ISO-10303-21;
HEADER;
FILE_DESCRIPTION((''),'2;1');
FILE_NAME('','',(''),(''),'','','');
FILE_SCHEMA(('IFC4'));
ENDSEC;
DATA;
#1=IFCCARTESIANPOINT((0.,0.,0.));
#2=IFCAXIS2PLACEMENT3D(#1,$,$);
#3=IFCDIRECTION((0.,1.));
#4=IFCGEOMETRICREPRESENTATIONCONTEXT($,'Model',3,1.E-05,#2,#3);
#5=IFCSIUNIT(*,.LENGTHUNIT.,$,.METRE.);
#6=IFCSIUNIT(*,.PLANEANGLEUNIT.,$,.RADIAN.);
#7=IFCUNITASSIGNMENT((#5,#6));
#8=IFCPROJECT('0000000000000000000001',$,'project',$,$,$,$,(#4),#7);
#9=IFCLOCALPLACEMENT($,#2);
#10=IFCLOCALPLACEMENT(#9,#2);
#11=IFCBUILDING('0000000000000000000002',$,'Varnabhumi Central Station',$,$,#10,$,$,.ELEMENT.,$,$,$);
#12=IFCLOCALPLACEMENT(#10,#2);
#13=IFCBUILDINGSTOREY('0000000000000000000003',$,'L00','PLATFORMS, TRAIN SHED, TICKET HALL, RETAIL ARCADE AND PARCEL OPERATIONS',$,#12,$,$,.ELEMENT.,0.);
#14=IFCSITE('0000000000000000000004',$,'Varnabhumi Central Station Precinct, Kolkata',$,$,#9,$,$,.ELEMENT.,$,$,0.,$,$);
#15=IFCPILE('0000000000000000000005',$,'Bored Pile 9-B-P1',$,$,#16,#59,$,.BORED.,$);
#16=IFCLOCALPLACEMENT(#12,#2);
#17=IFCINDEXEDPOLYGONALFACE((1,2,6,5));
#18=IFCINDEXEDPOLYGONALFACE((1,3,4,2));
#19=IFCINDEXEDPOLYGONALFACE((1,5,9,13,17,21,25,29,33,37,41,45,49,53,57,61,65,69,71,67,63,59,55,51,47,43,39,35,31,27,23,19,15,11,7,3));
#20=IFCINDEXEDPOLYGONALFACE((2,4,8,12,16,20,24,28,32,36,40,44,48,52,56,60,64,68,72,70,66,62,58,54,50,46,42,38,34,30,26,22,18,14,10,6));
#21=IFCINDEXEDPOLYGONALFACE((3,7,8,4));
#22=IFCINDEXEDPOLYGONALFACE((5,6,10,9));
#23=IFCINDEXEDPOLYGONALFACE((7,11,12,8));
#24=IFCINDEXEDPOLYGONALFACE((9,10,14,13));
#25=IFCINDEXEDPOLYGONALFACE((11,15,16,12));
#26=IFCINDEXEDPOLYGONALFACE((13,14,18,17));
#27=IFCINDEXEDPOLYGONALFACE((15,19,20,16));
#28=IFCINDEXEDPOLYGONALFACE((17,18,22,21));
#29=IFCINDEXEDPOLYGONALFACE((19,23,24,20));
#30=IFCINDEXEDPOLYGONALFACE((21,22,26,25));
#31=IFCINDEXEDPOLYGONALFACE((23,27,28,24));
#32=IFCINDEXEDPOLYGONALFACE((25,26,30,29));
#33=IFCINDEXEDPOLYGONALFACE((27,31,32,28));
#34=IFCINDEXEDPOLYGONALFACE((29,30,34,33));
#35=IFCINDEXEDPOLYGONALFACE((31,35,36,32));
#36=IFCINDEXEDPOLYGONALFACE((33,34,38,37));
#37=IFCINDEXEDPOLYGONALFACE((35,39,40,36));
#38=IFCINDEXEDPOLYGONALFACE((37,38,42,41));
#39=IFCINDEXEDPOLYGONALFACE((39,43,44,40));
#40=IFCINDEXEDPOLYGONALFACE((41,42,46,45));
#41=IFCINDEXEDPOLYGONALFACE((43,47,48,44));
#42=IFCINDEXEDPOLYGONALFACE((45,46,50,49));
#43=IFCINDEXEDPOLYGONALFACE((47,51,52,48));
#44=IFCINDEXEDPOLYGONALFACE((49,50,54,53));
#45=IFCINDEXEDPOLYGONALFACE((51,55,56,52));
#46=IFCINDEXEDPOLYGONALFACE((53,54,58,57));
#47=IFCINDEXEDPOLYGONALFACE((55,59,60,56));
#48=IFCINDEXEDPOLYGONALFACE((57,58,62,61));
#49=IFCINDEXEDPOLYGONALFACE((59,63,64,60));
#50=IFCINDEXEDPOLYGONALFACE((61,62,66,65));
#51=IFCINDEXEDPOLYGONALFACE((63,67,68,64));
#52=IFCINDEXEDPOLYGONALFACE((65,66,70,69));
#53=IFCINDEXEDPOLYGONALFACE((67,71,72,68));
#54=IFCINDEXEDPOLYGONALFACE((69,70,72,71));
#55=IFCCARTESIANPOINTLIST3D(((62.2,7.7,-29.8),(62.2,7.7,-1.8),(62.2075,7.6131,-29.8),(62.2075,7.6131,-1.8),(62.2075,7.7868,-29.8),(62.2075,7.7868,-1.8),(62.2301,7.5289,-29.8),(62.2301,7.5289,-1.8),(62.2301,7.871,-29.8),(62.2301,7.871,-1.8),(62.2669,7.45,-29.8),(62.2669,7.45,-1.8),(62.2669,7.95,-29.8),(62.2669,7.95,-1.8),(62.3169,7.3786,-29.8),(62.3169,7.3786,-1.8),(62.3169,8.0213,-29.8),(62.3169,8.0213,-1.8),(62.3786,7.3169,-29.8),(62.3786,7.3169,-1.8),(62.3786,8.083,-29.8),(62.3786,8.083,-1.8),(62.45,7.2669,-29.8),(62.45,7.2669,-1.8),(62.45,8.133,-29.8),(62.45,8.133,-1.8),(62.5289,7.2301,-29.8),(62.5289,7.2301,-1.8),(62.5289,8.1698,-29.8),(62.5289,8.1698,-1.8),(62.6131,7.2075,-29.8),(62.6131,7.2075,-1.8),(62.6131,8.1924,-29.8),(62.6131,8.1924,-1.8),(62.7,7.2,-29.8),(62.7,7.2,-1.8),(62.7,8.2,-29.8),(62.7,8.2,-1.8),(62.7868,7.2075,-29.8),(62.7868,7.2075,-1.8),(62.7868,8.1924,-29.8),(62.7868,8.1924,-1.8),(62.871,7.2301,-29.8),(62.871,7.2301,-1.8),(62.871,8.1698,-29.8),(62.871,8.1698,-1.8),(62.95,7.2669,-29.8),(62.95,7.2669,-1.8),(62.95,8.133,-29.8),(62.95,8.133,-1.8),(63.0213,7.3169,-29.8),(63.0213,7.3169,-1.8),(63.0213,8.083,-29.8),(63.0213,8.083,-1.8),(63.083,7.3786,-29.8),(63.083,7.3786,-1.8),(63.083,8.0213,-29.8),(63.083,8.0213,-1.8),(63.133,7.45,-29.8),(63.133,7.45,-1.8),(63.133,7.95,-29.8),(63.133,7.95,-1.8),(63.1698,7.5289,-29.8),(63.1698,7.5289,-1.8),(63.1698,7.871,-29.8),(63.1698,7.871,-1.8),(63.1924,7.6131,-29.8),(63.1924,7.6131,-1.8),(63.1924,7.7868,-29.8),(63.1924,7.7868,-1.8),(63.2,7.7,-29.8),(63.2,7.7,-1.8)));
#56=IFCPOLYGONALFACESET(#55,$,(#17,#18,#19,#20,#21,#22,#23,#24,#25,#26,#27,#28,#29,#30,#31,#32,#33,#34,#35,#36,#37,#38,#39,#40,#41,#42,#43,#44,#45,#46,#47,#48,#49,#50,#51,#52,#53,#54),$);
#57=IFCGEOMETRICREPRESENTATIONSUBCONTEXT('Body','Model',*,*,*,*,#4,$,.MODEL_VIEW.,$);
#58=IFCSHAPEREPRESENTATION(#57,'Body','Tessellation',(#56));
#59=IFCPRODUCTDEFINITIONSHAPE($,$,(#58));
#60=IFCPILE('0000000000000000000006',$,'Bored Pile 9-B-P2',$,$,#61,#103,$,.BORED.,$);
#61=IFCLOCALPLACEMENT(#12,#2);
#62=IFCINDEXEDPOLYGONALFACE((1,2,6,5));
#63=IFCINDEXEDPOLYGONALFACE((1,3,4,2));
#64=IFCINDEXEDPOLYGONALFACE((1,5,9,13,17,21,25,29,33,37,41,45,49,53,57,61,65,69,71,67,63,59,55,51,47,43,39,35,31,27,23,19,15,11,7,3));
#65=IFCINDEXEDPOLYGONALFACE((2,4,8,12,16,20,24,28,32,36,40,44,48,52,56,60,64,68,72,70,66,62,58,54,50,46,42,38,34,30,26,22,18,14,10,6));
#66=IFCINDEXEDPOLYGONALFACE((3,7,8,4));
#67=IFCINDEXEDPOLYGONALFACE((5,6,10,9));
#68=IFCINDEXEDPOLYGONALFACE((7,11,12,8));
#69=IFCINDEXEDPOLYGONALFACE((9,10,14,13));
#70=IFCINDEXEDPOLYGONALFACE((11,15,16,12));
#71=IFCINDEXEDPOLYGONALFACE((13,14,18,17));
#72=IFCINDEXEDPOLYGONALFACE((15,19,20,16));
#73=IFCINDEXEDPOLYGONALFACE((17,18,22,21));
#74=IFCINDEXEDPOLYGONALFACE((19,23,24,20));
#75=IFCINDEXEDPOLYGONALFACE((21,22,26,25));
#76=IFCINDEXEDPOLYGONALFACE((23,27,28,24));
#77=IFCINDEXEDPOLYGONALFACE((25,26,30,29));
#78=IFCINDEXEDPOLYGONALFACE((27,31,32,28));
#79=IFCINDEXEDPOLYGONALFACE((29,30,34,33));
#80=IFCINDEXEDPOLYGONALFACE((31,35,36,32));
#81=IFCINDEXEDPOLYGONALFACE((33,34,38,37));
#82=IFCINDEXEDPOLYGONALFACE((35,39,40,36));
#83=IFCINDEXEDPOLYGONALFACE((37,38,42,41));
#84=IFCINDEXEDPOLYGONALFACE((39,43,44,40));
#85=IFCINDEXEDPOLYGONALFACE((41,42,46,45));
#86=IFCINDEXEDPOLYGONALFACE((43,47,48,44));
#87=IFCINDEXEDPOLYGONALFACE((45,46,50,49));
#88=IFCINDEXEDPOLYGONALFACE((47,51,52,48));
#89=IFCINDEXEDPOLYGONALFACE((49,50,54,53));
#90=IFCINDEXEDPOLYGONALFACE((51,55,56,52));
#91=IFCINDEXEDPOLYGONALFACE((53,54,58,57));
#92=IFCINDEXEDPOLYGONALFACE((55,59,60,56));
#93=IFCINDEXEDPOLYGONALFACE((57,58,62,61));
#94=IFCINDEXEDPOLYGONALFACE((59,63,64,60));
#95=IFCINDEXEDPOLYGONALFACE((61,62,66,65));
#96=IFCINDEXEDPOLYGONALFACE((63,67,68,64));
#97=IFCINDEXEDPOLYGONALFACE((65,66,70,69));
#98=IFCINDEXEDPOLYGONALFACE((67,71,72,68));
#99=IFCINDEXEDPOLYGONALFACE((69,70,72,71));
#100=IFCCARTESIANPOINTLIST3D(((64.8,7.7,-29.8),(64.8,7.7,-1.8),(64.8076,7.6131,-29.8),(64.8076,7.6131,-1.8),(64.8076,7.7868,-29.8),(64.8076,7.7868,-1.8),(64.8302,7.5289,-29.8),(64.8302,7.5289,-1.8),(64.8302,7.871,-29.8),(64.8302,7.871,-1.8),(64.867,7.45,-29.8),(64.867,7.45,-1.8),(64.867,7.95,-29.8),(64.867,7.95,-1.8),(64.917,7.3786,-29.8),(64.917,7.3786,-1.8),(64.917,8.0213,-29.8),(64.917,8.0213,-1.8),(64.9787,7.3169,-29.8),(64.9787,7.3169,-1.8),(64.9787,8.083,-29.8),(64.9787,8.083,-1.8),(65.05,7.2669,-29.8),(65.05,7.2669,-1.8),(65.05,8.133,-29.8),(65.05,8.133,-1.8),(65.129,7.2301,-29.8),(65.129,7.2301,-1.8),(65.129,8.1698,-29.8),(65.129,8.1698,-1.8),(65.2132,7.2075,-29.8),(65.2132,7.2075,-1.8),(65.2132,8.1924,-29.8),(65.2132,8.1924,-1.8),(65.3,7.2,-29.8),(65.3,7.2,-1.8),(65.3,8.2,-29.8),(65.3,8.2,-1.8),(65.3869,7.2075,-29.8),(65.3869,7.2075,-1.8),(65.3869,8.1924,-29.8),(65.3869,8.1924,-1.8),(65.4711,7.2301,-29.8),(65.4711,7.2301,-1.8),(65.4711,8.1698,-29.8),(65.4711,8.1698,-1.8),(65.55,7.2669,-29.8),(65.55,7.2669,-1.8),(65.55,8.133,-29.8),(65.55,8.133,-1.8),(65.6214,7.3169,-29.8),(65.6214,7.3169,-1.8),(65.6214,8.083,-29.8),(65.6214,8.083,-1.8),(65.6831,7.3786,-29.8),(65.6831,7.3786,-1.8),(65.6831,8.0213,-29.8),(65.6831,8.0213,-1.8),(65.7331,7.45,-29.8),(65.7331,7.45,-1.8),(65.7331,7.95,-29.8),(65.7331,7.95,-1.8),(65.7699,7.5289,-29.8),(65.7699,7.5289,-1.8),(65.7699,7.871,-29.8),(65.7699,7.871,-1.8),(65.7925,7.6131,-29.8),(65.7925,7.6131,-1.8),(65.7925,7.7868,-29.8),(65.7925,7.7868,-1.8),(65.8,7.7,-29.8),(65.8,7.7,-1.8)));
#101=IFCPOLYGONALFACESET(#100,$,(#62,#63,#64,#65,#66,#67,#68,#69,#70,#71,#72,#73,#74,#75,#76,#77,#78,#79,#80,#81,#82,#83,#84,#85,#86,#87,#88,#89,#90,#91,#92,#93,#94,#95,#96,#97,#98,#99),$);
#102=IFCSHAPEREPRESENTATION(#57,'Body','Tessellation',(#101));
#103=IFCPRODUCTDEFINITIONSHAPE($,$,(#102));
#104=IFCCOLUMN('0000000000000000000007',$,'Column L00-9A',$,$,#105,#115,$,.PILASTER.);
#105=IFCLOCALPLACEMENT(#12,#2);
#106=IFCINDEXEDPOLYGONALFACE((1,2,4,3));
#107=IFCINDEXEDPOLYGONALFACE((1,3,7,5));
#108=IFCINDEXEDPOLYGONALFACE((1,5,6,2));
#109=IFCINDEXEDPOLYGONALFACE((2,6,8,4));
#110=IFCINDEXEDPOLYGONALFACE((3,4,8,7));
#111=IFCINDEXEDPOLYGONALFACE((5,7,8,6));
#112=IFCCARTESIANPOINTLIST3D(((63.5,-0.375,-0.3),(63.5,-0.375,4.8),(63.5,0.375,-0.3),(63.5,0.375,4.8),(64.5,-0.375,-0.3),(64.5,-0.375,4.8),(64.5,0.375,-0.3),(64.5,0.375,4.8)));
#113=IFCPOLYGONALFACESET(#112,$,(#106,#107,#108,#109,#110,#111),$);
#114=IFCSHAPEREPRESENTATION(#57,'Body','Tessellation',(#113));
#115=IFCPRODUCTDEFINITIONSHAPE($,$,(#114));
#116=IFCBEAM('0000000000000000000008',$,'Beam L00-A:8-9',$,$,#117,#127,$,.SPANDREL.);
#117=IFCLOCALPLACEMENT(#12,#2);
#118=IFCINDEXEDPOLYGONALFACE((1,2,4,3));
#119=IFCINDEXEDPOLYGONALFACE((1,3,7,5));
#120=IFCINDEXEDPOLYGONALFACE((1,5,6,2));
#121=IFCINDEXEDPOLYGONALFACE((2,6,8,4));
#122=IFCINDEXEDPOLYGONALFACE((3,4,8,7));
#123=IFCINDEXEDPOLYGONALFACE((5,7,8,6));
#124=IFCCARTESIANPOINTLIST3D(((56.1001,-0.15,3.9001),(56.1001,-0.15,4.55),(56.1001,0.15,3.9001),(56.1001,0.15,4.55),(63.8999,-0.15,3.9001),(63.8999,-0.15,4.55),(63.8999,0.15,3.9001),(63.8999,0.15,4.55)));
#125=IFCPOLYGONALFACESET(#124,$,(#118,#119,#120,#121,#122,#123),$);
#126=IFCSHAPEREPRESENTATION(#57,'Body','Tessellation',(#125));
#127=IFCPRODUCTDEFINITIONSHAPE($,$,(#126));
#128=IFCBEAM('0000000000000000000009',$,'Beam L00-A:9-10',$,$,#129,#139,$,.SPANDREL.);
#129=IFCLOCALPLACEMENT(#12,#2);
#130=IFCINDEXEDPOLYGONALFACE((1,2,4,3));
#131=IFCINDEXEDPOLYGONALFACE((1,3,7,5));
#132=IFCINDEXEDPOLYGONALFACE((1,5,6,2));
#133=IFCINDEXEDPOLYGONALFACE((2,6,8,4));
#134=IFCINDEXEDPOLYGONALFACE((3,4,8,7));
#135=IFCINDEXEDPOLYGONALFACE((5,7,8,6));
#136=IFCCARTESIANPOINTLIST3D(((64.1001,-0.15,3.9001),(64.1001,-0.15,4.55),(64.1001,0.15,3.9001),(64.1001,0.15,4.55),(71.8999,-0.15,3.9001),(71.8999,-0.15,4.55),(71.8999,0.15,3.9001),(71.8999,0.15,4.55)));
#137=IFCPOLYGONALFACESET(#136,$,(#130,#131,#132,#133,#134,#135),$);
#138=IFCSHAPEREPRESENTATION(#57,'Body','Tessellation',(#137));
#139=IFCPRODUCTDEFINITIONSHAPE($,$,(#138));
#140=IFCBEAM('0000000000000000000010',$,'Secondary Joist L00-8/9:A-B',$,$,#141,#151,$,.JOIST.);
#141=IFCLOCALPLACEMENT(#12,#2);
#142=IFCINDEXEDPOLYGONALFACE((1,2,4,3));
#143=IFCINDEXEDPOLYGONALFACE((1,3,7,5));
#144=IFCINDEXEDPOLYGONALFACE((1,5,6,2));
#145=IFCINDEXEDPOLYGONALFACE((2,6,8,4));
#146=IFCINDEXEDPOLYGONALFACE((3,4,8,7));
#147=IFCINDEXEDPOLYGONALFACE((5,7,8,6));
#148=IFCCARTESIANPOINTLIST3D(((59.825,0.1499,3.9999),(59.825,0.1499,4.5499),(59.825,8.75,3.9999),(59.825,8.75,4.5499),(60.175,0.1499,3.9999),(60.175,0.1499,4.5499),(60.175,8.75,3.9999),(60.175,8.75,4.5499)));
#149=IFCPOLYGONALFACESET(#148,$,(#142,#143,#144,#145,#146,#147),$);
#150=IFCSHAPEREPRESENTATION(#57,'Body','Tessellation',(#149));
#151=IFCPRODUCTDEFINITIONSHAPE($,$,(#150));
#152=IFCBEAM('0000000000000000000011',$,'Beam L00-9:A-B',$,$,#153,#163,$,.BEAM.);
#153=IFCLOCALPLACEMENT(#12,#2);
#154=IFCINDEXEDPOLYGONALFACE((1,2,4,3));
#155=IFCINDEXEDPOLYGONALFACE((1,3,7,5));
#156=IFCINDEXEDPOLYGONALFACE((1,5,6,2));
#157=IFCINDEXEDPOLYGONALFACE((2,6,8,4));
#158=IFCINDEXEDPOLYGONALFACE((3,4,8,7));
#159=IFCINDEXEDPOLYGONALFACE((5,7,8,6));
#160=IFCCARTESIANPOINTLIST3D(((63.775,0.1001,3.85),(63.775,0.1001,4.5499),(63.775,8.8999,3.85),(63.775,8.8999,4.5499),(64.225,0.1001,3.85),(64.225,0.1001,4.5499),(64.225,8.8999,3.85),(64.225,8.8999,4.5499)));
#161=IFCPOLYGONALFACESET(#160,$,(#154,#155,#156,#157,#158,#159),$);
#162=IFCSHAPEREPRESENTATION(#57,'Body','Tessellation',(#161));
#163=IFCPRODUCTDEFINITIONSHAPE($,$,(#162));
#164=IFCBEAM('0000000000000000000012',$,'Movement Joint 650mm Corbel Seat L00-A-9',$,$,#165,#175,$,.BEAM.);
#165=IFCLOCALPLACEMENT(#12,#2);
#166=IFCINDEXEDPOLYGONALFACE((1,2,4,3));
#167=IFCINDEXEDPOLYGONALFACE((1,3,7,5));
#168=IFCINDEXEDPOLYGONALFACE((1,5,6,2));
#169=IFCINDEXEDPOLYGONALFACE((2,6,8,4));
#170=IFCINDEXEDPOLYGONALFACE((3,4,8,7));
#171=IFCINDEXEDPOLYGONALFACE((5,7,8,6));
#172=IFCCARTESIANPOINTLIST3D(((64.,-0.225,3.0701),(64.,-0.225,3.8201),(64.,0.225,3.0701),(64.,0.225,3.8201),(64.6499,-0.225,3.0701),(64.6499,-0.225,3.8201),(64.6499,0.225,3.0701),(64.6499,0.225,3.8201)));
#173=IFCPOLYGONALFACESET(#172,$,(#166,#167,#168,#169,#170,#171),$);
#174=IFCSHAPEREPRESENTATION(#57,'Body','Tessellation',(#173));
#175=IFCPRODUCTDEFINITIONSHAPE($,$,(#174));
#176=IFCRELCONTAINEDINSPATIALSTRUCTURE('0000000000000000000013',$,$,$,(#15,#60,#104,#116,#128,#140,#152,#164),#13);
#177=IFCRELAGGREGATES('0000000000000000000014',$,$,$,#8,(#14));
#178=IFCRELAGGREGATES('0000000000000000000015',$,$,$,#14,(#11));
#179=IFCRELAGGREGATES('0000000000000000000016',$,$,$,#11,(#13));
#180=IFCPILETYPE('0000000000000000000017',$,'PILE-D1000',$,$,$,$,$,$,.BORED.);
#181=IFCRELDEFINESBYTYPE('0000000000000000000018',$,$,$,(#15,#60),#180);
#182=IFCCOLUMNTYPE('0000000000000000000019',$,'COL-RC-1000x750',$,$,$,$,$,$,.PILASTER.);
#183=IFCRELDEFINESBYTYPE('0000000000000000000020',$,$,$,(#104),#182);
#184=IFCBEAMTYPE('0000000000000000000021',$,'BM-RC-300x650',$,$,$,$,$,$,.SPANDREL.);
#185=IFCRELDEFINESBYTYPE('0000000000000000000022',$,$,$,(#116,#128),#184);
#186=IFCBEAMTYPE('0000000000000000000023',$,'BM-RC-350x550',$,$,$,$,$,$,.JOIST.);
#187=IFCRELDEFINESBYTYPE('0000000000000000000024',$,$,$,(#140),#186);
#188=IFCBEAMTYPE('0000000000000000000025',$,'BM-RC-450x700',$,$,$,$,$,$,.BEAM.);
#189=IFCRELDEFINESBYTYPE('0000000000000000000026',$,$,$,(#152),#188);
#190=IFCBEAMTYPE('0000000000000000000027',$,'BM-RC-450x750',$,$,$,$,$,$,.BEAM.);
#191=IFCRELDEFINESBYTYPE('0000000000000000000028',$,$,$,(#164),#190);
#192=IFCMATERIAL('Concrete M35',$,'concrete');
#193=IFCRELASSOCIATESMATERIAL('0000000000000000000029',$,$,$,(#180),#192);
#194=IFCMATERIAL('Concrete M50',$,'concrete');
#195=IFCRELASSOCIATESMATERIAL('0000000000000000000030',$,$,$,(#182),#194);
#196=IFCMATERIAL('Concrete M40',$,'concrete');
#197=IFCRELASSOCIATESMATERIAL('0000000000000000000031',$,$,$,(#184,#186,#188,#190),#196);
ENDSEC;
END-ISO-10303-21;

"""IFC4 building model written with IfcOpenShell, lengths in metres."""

from ifc_helpers import new_model, si_unit, direction, frame, origin, origin_2d, place, context, subcontext, project, spatial, rectangle, circle, extrude, material, material_profile, profile_set, type_object, element, save


model = new_model("IFC4")

# Units and contexts
model_context = context("Model", 3, precision=1e-05, world=origin(), true_north=direction((0.0, 1.0)))
body_context = subcontext(model_context, "Body", "Model", "MODEL_VIEW")
ifc_project = project(units=[si_unit("LENGTHUNIT", "METRE"), si_unit("PLANEANGLEUNIT", "RADIAN")], contexts=[model_context])

# Site, building, storey
site_placement = place(None, origin())
site = spatial("IfcSite", under=ifc_project, at=site_placement, Name="Varnabhumi Central Station Precinct, Kolkata", CompositionType="ELEMENT", RefElevation=0.0)
building_placement = place(site_placement, origin())
building = spatial("IfcBuilding", under=site, at=building_placement, Name="Varnabhumi Central Station", CompositionType="ELEMENT")
storey_placement = place(building_placement, origin())
storey = spatial("IfcBuildingStorey", under=building, at=storey_placement, Name="L00", Description="PLATFORMS, TRAIN SHED, TICKET HALL, RETAIL ARCADE AND PARCEL OPERATIONS", CompositionType="ELEMENT", Elevation=0.0)

# Shared definitions
ifc_material_1 = material(Name="Concrete M40", Category="concrete")

# Piles
ifc_material_2 = material(Name="Concrete M35", Category="concrete")
ifc_material_profile_1 = material_profile(ifc_material_2, circle(Radius=0.5, at=origin_2d()), Name="Concrete M35", Category="concrete")
ifc_profile_set_1 = profile_set([ifc_material_profile_1], Name="Concrete M35")
pile_type = type_object("IfcPileType", Name="PILE-D1000", PredefinedType="BORED", material=ifc_profile_set_1)
for number, where, z_axis, x_axis, name in (
    (1, (62.7, 7.7, -1.8), (0.0, 0.0, -1.0), (1.0, 0.0, 0.0), "Bored Pile 9-B-P1"),
    (2, (65.3, 7.7, -1.8), (0.0, 0.0, -1.0), (1.0, 0.0, 0.0), "Bored Pile 9-B-P2"),
):
    element("IfcPile", number, at=place(storey_placement, frame(where, z_axis=z_axis, x_axis=x_axis)), inside=storey, type_object=pile_type, Name=name, PredefinedType="BORED", context=body_context, shape_type="SweptSolid", body=[
        extrude(circle(Radius=0.5, at=origin_2d()), origin(), (0.0, 0.0, 1.0), 28.0),
    ])

# Column
ifc_material_3 = material(Name="Concrete M50", Category="concrete")
ifc_material_profile_2 = material_profile(ifc_material_3, rectangle(XDim=1.0, YDim=0.75, at=origin_2d()), Name="Concrete M50", Category="concrete")
ifc_profile_set_2 = profile_set([ifc_material_profile_2], Name="Concrete M50")
column_type = type_object("IfcColumnType", Name="COL-RC-1000x750", PredefinedType="PILASTER", material=ifc_profile_set_2)
column_placement = place(storey_placement, frame((64.0, 0.0, -0.3), z_axis=(0.0, 0.0, 1.0), x_axis=(1.0, 0.0, 0.0)))
element("IfcColumn", 3, at=column_placement, inside=storey, type_object=column_type, Name="Column L00-9A", PredefinedType="PILASTER", context=body_context, shape_type="SweptSolid", body=[
    extrude(rectangle(XDim=1.0, YDim=0.75, at=origin_2d()), origin(), (0.0, 0.0, 1.0), 5.1001),
])

# Beams
ifc_material_profile_3 = material_profile(ifc_material_1, rectangle(XDim=0.3, YDim=0.6499, at=origin_2d()), Name="Concrete M40", Category="concrete")
ifc_profile_set_3 = profile_set([ifc_material_profile_3], Name="Concrete M40")
beam_type_1 = type_object("IfcBeamType", Name="BM-RC-300x650", PredefinedType="SPANDREL", material=ifc_profile_set_3)
for number, where, z_axis, x_axis, name in (
    (4, (56.1001, 0.0, 4.2251), (1.0, 0.0, 0.0), (0.0, 1.0, 0.0), "Beam L00-A:8-9"),
    (5, (64.1001, 0.0, 4.2251), (1.0, 0.0, 0.0), (0.0, 1.0, 0.0), "Beam L00-A:9-10"),
):
    element("IfcBeam", number, at=place(storey_placement, frame(where, z_axis=z_axis, x_axis=x_axis)), inside=storey, type_object=beam_type_1, Name=name, PredefinedType="SPANDREL", context=body_context, shape_type="SweptSolid", body=[
        extrude(rectangle(XDim=0.3, YDim=0.6499, at=origin_2d()), origin(), (0.0, 0.0, 1.0), 7.7998),
    ])
ifc_material_profile_4 = material_profile(ifc_material_1, rectangle(XDim=0.3501, YDim=0.55, at=origin_2d()), Name="Concrete M40", Category="concrete")
ifc_profile_set_4 = profile_set([ifc_material_profile_4], Name="Concrete M40")
beam_type_2 = type_object("IfcBeamType", Name="BM-RC-350x550", PredefinedType="JOIST", material=ifc_profile_set_4)
beam_1_placement = place(storey_placement, frame((60.0, 0.1499, 4.2749), z_axis=(0.0, 1.0, 0.0), x_axis=(-1.0, 0.0, 0.0)))
element("IfcBeam", 6, at=beam_1_placement, inside=storey, type_object=beam_type_2, Name="Secondary Joist L00-8/9:A-B", PredefinedType="JOIST", context=body_context, shape_type="SweptSolid", body=[
    extrude(rectangle(XDim=0.3501, YDim=0.55, at=origin_2d()), origin(), (0.0, 0.0, 1.0), 8.6001),
])
ifc_material_profile_5 = material_profile(ifc_material_1, rectangle(XDim=0.45, YDim=0.7, at=origin_2d()), Name="Concrete M40", Category="concrete")
ifc_profile_set_5 = profile_set([ifc_material_profile_5], Name="Concrete M40")
beam_type_3 = type_object("IfcBeamType", Name="BM-RC-450x700", PredefinedType="BEAM", material=ifc_profile_set_5)
beam_2_placement = place(storey_placement, frame((64.0, 0.1001, 4.2), z_axis=(0.0, 1.0, 0.0), x_axis=(-1.0, 0.0, 0.0)))
element("IfcBeam", 7, at=beam_2_placement, inside=storey, type_object=beam_type_3, Name="Beam L00-9:A-B", PredefinedType="BEAM", context=body_context, shape_type="SweptSolid", body=[
    extrude(rectangle(XDim=0.45, YDim=0.7, at=origin_2d()), origin(), (0.0, 0.0, 1.0), 8.7998),
])
ifc_material_profile_6 = material_profile(ifc_material_1, rectangle(XDim=0.45, YDim=0.75, at=origin_2d()), Name="Concrete M40", Category="concrete")
ifc_profile_set_6 = profile_set([ifc_material_profile_6], Name="Concrete M40")
beam_type_4 = type_object("IfcBeamType", Name="BM-RC-450x750", PredefinedType="BEAM", material=ifc_profile_set_6)
beam_3_placement = place(storey_placement, frame((64.0, 0.0, 3.4451), z_axis=(1.0, 0.0, 0.0), x_axis=(0.0, 1.0, 0.0)))
element("IfcBeam", 8, at=beam_3_placement, inside=storey, type_object=beam_type_4, Name="Movement Joint 650mm Corbel Seat L00-A-9", PredefinedType="BEAM", context=body_context, shape_type="SweptSolid", body=[
    extrude(rectangle(XDim=0.45, YDim=0.75, at=origin_2d()), origin(), (0.0, 0.0, 1.0), 0.6499),
])

save(model, "model.ifc")
